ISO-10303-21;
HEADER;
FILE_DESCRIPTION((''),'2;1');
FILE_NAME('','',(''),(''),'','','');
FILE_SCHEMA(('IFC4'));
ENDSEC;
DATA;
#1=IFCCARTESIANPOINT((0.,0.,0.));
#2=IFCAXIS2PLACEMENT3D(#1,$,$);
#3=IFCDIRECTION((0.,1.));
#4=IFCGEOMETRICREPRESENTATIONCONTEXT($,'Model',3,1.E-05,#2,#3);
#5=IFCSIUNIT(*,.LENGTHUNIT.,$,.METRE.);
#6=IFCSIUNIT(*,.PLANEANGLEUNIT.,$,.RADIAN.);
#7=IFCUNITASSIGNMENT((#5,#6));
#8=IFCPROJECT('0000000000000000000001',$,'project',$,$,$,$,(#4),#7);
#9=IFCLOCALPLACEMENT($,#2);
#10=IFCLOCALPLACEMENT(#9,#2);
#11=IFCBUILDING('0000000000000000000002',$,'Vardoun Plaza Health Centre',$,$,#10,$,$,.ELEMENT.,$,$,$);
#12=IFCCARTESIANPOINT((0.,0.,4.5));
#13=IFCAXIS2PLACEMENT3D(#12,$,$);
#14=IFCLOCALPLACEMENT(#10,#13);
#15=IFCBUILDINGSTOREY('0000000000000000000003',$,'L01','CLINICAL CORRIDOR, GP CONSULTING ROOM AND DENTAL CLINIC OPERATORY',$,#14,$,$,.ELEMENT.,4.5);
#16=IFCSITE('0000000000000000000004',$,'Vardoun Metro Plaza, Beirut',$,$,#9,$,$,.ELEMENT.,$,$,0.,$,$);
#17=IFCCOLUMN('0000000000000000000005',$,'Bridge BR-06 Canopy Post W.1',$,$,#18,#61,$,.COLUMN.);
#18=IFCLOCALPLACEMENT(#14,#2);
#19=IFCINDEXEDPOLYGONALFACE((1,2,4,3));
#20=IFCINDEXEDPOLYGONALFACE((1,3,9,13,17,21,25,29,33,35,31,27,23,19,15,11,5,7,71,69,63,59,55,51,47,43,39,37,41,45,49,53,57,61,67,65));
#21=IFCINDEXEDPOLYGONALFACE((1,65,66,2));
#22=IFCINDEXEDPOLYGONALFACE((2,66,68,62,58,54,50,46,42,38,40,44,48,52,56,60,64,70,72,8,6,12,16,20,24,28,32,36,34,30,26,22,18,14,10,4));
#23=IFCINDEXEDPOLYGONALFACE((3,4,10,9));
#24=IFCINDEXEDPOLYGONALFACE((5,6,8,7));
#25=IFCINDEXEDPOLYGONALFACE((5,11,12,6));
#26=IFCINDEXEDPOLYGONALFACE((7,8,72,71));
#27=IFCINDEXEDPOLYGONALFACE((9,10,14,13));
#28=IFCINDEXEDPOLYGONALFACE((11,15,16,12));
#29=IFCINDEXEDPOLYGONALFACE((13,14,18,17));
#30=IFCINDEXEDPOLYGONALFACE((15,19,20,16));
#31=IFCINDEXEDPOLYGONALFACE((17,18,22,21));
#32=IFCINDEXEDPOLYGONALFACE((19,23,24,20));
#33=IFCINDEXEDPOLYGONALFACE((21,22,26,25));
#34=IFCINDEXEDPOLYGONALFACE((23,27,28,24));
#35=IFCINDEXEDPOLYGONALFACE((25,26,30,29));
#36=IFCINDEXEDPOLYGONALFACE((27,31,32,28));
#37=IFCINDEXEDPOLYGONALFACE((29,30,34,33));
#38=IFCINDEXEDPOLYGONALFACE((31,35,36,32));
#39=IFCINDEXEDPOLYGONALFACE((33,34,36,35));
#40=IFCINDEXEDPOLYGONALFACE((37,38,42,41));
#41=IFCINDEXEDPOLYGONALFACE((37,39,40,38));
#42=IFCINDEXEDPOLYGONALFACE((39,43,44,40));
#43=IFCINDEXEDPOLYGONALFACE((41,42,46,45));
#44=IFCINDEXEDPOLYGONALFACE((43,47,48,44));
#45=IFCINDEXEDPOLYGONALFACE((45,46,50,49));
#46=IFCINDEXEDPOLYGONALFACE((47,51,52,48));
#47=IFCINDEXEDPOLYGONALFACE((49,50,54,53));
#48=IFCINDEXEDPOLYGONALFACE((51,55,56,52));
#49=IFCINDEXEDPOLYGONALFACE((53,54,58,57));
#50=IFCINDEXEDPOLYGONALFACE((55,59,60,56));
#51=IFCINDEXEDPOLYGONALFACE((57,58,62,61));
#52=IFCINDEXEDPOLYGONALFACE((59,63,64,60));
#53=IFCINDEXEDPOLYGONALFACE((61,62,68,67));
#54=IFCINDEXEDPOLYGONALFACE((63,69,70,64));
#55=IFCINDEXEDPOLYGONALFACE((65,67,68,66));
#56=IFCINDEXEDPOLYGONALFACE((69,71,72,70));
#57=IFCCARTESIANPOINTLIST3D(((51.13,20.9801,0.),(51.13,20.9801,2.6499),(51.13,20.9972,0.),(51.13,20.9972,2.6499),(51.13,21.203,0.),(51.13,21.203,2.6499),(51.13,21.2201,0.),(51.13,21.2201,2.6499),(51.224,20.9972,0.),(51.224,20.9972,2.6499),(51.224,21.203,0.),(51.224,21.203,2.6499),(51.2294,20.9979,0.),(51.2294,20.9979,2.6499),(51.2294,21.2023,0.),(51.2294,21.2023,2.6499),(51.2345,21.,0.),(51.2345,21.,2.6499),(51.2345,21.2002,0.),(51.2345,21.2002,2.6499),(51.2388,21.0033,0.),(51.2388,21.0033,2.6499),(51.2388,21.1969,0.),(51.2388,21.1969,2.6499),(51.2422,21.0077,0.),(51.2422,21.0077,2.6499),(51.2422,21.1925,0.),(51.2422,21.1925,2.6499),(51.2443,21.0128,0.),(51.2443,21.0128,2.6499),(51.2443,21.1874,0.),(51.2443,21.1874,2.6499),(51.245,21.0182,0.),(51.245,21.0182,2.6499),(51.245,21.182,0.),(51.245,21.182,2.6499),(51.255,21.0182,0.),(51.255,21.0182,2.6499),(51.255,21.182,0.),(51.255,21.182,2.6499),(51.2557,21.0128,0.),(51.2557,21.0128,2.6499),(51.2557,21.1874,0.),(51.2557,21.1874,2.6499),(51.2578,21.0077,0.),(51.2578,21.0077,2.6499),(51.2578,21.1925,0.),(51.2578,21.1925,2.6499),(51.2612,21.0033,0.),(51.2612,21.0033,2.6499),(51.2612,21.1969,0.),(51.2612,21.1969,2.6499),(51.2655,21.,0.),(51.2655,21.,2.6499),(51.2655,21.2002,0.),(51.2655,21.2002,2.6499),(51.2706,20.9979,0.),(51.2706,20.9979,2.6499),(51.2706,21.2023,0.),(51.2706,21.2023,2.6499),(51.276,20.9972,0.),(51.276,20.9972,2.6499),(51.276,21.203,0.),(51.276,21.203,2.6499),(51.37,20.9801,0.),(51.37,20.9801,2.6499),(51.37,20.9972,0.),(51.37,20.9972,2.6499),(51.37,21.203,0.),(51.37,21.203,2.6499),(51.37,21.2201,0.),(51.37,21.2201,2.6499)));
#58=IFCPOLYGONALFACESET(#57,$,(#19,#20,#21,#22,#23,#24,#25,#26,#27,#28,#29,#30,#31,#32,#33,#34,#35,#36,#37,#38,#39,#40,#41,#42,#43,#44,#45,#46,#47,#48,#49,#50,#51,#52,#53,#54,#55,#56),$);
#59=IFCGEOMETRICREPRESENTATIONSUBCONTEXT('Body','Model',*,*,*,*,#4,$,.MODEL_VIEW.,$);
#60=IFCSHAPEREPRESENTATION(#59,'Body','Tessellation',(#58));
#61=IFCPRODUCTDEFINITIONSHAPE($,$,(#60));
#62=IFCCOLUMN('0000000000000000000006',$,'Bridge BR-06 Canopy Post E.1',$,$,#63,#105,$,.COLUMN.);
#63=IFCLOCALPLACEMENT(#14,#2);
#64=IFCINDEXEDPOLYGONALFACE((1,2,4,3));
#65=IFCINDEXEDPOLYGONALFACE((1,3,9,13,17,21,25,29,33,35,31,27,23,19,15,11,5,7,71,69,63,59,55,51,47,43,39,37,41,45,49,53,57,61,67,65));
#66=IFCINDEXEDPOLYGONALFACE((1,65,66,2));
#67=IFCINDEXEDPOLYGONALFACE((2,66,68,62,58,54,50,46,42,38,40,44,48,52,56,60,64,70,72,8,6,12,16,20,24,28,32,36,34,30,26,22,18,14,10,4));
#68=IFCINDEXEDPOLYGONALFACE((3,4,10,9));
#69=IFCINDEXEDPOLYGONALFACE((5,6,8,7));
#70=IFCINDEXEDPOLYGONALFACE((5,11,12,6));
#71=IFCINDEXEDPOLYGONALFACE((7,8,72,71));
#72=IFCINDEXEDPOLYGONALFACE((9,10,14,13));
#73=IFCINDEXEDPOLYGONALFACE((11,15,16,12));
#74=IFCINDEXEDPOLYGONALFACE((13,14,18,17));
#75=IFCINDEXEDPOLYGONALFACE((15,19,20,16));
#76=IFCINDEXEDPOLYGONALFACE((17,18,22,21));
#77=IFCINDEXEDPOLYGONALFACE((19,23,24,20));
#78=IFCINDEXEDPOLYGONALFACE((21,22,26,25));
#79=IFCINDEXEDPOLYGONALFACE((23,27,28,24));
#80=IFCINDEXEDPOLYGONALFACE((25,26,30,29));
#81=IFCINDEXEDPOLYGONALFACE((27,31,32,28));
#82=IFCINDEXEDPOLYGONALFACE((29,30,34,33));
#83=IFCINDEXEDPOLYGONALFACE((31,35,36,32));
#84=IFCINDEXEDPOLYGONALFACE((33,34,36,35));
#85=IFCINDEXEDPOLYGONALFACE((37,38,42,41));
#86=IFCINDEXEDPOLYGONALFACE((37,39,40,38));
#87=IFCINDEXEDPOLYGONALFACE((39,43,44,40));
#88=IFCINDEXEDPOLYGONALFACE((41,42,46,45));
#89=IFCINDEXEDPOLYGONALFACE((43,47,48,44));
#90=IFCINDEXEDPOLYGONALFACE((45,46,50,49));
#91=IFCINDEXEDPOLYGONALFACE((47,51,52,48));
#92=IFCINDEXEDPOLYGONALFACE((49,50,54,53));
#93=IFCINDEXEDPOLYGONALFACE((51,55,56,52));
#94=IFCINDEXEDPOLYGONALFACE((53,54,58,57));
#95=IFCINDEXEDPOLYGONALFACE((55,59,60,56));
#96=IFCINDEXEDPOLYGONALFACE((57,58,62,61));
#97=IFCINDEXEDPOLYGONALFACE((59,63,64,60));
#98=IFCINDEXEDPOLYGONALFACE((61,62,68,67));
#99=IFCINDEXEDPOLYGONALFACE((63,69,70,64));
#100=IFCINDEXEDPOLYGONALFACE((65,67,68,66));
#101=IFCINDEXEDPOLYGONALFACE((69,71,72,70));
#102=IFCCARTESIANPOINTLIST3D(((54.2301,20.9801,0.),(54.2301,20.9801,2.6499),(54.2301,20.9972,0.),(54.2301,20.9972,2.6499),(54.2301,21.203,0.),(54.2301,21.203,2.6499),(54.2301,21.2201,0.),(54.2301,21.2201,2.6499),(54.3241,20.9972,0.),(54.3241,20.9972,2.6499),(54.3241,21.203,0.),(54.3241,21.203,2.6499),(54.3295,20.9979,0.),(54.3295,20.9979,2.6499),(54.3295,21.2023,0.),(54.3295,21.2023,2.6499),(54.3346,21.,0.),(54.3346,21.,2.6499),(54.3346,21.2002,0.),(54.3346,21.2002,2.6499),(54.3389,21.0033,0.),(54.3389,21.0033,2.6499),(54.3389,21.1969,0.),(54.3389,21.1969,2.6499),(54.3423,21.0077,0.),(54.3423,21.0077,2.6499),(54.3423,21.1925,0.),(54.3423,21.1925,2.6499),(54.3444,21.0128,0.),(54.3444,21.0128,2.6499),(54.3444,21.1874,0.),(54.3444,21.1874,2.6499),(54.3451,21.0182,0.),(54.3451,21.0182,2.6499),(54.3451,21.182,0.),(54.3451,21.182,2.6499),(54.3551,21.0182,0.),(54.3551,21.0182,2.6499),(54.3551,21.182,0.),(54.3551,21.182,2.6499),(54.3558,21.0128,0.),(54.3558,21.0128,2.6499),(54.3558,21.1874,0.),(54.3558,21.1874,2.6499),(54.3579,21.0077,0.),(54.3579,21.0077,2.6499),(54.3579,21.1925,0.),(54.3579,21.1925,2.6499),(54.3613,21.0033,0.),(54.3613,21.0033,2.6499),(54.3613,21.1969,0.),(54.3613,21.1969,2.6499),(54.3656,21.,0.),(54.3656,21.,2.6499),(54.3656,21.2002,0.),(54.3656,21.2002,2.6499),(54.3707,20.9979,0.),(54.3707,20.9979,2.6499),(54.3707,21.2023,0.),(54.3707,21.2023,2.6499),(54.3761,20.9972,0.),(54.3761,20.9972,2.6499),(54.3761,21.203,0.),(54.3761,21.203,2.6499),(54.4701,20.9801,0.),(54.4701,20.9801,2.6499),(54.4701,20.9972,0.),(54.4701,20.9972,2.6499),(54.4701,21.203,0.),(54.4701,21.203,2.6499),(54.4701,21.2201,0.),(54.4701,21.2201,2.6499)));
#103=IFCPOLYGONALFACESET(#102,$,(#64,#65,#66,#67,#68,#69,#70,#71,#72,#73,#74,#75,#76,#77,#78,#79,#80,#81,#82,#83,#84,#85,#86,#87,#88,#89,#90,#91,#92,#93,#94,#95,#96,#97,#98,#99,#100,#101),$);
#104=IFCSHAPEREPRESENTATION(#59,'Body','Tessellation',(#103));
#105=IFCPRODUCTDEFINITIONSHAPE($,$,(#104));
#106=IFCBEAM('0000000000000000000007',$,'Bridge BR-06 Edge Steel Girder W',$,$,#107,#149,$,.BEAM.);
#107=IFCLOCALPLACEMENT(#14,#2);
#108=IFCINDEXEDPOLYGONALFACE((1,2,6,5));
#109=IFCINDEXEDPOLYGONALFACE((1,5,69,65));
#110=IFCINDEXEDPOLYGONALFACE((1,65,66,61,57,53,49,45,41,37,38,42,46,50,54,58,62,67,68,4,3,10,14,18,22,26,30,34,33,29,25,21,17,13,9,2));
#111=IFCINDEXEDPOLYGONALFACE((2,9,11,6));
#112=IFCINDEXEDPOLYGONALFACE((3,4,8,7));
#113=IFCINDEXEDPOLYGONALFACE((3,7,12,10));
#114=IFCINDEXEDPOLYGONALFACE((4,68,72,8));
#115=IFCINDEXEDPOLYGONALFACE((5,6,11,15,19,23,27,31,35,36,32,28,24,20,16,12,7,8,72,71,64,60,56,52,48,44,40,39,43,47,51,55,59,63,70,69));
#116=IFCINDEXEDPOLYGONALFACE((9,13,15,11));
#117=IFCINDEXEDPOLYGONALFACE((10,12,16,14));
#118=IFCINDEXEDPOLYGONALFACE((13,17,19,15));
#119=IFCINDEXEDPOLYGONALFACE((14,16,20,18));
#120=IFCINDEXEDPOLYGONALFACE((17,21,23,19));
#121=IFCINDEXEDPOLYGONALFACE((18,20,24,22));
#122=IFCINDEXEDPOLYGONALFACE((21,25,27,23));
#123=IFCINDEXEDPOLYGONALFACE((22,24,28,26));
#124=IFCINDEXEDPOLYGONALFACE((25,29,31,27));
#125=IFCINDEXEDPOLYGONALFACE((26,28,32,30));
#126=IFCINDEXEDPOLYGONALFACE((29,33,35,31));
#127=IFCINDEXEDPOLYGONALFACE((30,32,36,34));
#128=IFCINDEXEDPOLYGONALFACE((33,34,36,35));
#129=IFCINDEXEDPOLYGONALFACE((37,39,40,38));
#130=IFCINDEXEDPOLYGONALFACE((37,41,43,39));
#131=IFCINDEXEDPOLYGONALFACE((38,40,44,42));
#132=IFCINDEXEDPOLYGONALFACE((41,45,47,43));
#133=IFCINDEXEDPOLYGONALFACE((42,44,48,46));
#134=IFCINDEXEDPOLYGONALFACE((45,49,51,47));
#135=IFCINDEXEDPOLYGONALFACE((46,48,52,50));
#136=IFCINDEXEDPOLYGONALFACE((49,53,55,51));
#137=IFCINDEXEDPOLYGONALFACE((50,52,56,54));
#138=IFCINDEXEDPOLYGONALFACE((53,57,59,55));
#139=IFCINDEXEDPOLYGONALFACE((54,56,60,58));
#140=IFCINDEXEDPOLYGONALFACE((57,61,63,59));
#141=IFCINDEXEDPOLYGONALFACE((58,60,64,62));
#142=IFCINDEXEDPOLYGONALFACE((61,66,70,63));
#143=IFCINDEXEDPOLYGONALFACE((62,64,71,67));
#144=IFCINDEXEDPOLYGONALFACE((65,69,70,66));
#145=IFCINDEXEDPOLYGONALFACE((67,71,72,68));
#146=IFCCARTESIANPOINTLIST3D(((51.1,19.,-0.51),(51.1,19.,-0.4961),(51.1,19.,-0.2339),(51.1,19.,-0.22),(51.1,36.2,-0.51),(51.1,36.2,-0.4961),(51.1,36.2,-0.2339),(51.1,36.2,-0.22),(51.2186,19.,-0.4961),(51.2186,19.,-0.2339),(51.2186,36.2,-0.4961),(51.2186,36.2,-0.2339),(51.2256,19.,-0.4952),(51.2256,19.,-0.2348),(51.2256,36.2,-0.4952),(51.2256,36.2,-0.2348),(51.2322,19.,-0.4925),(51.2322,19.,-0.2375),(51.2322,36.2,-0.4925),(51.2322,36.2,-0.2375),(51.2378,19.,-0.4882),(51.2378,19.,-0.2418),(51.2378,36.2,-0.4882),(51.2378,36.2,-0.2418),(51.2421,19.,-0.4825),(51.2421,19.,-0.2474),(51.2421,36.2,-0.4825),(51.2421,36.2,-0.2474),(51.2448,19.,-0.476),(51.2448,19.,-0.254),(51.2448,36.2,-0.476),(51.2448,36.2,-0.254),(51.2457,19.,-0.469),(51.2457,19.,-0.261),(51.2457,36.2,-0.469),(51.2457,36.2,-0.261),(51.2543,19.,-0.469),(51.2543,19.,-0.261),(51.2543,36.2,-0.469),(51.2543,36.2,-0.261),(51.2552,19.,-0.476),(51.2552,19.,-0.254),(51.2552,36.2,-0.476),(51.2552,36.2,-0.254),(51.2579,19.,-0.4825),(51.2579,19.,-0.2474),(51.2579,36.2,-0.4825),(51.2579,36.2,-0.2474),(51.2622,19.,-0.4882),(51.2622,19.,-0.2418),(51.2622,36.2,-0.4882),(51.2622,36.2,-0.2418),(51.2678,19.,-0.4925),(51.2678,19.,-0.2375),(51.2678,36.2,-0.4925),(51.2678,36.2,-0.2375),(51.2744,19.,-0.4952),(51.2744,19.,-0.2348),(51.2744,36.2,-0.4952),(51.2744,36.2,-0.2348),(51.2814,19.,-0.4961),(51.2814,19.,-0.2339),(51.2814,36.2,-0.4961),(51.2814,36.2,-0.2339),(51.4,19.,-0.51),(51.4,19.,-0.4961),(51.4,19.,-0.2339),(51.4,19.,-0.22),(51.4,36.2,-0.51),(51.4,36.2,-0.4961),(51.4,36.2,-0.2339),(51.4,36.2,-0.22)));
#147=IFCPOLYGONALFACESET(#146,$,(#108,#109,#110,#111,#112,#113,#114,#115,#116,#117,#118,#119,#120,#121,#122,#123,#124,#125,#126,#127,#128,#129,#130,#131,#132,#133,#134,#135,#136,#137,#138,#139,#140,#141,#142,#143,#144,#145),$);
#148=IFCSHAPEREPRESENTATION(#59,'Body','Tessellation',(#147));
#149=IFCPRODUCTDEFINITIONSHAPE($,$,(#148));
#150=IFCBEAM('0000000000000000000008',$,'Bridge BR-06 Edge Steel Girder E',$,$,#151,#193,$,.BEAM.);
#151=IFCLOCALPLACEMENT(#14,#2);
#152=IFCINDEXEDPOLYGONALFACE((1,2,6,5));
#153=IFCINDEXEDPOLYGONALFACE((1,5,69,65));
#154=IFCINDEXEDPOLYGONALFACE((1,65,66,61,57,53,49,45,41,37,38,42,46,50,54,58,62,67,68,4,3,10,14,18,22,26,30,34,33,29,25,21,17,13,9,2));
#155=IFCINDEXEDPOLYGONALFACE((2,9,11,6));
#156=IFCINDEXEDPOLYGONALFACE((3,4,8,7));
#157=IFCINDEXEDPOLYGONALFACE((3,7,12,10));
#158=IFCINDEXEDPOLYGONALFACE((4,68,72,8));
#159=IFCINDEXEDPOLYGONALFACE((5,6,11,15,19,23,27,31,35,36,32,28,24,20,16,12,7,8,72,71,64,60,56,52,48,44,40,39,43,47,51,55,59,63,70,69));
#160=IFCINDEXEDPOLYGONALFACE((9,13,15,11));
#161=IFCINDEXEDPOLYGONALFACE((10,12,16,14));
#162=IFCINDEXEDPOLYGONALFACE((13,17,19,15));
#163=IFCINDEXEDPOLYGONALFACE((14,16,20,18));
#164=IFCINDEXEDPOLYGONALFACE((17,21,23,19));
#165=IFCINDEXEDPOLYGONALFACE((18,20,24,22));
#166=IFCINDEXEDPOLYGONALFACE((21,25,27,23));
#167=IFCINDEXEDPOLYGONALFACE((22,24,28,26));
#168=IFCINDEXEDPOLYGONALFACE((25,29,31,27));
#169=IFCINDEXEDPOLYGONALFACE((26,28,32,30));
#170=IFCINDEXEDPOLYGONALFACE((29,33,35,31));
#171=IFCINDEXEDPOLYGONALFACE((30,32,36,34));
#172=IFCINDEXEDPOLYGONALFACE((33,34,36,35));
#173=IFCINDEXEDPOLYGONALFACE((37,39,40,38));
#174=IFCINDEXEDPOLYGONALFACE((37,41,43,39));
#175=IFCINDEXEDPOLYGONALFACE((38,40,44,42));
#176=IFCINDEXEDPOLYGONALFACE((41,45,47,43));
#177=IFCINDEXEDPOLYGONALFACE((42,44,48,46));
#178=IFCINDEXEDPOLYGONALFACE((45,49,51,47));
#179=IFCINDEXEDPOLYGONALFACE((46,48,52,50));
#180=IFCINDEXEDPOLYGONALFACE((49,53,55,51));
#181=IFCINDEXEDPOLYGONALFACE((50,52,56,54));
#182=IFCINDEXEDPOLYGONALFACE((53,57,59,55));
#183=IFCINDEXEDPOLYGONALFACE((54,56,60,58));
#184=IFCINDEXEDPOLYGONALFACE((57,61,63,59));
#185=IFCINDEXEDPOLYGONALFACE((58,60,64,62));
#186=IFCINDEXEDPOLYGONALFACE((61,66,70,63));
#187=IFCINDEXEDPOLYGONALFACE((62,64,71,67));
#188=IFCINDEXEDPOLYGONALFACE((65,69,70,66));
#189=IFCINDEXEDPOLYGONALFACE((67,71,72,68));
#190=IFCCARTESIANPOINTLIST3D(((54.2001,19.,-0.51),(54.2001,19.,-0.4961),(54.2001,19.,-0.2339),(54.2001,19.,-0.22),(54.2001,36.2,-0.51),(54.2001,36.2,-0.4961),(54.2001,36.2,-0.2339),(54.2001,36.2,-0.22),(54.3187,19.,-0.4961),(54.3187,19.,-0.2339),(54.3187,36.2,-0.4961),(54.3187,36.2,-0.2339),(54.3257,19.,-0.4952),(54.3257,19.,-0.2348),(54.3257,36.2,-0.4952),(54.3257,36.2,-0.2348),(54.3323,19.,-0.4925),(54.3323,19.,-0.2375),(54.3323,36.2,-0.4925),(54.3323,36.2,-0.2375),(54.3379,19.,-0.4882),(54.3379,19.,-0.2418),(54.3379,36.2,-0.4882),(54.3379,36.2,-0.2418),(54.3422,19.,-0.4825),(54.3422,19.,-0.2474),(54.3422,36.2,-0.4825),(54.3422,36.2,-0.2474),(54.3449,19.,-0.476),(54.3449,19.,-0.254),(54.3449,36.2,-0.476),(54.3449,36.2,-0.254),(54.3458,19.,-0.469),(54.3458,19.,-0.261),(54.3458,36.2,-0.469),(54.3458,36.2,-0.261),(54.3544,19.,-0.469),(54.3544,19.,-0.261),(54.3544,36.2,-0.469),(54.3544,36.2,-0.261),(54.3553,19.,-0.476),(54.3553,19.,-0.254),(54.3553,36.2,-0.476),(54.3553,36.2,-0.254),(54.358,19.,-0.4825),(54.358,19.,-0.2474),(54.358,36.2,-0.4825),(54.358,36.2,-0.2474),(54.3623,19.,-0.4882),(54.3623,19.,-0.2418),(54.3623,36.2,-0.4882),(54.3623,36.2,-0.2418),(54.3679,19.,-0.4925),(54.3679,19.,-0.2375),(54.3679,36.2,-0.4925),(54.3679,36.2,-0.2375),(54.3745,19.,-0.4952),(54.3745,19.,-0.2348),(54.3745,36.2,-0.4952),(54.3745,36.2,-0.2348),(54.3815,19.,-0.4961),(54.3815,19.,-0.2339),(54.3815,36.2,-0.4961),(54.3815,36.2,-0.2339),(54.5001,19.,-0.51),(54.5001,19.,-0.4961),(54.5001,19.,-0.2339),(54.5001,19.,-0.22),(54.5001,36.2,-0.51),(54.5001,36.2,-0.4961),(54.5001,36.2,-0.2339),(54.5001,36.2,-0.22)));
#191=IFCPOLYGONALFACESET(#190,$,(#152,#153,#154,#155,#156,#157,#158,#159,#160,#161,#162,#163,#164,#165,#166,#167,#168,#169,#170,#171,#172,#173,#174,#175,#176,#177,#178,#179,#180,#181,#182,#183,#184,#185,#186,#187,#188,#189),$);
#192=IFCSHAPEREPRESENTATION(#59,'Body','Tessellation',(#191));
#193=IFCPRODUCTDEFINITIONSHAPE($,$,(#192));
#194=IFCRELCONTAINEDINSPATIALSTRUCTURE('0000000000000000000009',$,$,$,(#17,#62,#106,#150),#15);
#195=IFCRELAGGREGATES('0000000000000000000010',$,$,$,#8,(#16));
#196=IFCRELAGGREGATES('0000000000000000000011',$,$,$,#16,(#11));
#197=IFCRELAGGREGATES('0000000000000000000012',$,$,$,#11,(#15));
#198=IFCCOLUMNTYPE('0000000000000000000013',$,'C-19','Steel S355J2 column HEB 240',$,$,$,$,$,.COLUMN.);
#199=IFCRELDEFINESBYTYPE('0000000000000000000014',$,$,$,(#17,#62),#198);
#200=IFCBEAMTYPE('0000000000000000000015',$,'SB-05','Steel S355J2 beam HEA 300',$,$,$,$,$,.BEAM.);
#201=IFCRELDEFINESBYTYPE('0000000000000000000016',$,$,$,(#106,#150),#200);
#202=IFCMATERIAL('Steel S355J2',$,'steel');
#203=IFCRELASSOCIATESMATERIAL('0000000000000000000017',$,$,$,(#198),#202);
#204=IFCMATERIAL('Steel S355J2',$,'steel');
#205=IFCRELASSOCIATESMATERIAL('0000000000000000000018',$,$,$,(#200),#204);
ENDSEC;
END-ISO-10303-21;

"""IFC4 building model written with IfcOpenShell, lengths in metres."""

from ifc_helpers import new_model, si_unit, direction, frame, origin, origin_2d, place, context, subcontext, project, spatial, i_section, extrude, material, material_profile, profile_set, type_object, element, save


model = new_model("IFC4")

# Units and contexts
model_context = context("Model", 3, precision=1e-05, world=origin(), true_north=direction((0.0, 1.0)))
body_context = subcontext(model_context, "Body", "Model", "MODEL_VIEW")
ifc_project = project(units=[si_unit("LENGTHUNIT", "METRE"), si_unit("PLANEANGLEUNIT", "RADIAN")], contexts=[model_context])

# Site, building, storey
site_placement = place(None, origin())
site = spatial("IfcSite", under=ifc_project, at=site_placement, Name="Vardoun Metro Plaza, Beirut", CompositionType="ELEMENT", RefElevation=0.0)
building_placement = place(site_placement, origin())
building = spatial("IfcBuilding", under=site, at=building_placement, Name="Vardoun Plaza Health Centre", CompositionType="ELEMENT")
storey_placement = place(building_placement, frame((0.0, 0.0, 4.5)))
storey = spatial("IfcBuildingStorey", under=building, at=storey_placement, Name="L01", Description="CLINICAL CORRIDOR, GP CONSULTING ROOM AND DENTAL CLINIC OPERATORY", CompositionType="ELEMENT", Elevation=4.5)

# Columns
ifc_material_1 = material(Name="Steel S355J2", Category="steel")
ifc_material_profile_1 = material_profile(ifc_material_1, i_section(OverallWidth=0.24, OverallDepth=0.24, WebThickness=0.01, FlangeThickness=0.0171, FilletRadius=0.021, at=origin_2d()), Name="HEB 240")
ifc_profile_set_1 = profile_set([ifc_material_profile_1], Name="Steel S355J2")
column_type = type_object("IfcColumnType", Name="C-19", Description="Steel S355J2 column HEB 240", PredefinedType="COLUMN", material=ifc_profile_set_1)
for number, where, z_axis, x_axis, name in (
    (1, (51.25, 21.1001, 0.0), (0.0, 0.0, 1.0), (1.0, 0.0, 0.0), "Bridge BR-06 Canopy Post W.1"),
    (2, (54.3501, 21.1001, 0.0), (0.0, 0.0, 1.0), (1.0, 0.0, 0.0), "Bridge BR-06 Canopy Post E.1"),
):
    element("IfcColumn", number, at=place(storey_placement, frame(where, z_axis=z_axis, x_axis=x_axis)), inside=storey, type_object=column_type, Name=name, PredefinedType="COLUMN", context=body_context, shape_type="SweptSolid", body=[
        extrude(i_section(OverallWidth=0.24, OverallDepth=0.24, WebThickness=0.01, FlangeThickness=0.0171, FilletRadius=0.021, at=origin_2d()), origin(), (0.0, 0.0, 1.0), 2.6499),
    ])

# Beams
ifc_material_2 = material(Name="Steel S355J2", Category="steel")
ifc_material_profile_2 = material_profile(ifc_material_2, i_section(OverallWidth=0.3, OverallDepth=0.29, WebThickness=0.0085, FlangeThickness=0.0139, FilletRadius=0.0271, at=origin_2d()), Name="HEA 300")
ifc_profile_set_2 = profile_set([ifc_material_profile_2], Name="Steel S355J2")
beam_type = type_object("IfcBeamType", Name="SB-05", Description="Steel S355J2 beam HEA 300", PredefinedType="BEAM", material=ifc_profile_set_2)
for number, where, z_axis, x_axis, name in (
    (3, (51.25, 19.0, -0.365), (0.0, 1.0, 0.0), (-1.0, 0.0, 0.0), "Bridge BR-06 Edge Steel Girder W"),
    (4, (54.3501, 19.0, -0.365), (0.0, 1.0, 0.0), (-1.0, 0.0, 0.0), "Bridge BR-06 Edge Steel Girder E"),
):
    element("IfcBeam", number, at=place(storey_placement, frame(where, z_axis=z_axis, x_axis=x_axis)), inside=storey, type_object=beam_type, Name=name, PredefinedType="BEAM", context=body_context, shape_type="SweptSolid", body=[
        extrude(i_section(OverallWidth=0.3, OverallDepth=0.29, WebThickness=0.0085, FlangeThickness=0.0139, FilletRadius=0.0271, at=origin_2d()), origin(), (0.0, 0.0, 1.0), 17.2),
    ])

save(model, "model.ifc")
